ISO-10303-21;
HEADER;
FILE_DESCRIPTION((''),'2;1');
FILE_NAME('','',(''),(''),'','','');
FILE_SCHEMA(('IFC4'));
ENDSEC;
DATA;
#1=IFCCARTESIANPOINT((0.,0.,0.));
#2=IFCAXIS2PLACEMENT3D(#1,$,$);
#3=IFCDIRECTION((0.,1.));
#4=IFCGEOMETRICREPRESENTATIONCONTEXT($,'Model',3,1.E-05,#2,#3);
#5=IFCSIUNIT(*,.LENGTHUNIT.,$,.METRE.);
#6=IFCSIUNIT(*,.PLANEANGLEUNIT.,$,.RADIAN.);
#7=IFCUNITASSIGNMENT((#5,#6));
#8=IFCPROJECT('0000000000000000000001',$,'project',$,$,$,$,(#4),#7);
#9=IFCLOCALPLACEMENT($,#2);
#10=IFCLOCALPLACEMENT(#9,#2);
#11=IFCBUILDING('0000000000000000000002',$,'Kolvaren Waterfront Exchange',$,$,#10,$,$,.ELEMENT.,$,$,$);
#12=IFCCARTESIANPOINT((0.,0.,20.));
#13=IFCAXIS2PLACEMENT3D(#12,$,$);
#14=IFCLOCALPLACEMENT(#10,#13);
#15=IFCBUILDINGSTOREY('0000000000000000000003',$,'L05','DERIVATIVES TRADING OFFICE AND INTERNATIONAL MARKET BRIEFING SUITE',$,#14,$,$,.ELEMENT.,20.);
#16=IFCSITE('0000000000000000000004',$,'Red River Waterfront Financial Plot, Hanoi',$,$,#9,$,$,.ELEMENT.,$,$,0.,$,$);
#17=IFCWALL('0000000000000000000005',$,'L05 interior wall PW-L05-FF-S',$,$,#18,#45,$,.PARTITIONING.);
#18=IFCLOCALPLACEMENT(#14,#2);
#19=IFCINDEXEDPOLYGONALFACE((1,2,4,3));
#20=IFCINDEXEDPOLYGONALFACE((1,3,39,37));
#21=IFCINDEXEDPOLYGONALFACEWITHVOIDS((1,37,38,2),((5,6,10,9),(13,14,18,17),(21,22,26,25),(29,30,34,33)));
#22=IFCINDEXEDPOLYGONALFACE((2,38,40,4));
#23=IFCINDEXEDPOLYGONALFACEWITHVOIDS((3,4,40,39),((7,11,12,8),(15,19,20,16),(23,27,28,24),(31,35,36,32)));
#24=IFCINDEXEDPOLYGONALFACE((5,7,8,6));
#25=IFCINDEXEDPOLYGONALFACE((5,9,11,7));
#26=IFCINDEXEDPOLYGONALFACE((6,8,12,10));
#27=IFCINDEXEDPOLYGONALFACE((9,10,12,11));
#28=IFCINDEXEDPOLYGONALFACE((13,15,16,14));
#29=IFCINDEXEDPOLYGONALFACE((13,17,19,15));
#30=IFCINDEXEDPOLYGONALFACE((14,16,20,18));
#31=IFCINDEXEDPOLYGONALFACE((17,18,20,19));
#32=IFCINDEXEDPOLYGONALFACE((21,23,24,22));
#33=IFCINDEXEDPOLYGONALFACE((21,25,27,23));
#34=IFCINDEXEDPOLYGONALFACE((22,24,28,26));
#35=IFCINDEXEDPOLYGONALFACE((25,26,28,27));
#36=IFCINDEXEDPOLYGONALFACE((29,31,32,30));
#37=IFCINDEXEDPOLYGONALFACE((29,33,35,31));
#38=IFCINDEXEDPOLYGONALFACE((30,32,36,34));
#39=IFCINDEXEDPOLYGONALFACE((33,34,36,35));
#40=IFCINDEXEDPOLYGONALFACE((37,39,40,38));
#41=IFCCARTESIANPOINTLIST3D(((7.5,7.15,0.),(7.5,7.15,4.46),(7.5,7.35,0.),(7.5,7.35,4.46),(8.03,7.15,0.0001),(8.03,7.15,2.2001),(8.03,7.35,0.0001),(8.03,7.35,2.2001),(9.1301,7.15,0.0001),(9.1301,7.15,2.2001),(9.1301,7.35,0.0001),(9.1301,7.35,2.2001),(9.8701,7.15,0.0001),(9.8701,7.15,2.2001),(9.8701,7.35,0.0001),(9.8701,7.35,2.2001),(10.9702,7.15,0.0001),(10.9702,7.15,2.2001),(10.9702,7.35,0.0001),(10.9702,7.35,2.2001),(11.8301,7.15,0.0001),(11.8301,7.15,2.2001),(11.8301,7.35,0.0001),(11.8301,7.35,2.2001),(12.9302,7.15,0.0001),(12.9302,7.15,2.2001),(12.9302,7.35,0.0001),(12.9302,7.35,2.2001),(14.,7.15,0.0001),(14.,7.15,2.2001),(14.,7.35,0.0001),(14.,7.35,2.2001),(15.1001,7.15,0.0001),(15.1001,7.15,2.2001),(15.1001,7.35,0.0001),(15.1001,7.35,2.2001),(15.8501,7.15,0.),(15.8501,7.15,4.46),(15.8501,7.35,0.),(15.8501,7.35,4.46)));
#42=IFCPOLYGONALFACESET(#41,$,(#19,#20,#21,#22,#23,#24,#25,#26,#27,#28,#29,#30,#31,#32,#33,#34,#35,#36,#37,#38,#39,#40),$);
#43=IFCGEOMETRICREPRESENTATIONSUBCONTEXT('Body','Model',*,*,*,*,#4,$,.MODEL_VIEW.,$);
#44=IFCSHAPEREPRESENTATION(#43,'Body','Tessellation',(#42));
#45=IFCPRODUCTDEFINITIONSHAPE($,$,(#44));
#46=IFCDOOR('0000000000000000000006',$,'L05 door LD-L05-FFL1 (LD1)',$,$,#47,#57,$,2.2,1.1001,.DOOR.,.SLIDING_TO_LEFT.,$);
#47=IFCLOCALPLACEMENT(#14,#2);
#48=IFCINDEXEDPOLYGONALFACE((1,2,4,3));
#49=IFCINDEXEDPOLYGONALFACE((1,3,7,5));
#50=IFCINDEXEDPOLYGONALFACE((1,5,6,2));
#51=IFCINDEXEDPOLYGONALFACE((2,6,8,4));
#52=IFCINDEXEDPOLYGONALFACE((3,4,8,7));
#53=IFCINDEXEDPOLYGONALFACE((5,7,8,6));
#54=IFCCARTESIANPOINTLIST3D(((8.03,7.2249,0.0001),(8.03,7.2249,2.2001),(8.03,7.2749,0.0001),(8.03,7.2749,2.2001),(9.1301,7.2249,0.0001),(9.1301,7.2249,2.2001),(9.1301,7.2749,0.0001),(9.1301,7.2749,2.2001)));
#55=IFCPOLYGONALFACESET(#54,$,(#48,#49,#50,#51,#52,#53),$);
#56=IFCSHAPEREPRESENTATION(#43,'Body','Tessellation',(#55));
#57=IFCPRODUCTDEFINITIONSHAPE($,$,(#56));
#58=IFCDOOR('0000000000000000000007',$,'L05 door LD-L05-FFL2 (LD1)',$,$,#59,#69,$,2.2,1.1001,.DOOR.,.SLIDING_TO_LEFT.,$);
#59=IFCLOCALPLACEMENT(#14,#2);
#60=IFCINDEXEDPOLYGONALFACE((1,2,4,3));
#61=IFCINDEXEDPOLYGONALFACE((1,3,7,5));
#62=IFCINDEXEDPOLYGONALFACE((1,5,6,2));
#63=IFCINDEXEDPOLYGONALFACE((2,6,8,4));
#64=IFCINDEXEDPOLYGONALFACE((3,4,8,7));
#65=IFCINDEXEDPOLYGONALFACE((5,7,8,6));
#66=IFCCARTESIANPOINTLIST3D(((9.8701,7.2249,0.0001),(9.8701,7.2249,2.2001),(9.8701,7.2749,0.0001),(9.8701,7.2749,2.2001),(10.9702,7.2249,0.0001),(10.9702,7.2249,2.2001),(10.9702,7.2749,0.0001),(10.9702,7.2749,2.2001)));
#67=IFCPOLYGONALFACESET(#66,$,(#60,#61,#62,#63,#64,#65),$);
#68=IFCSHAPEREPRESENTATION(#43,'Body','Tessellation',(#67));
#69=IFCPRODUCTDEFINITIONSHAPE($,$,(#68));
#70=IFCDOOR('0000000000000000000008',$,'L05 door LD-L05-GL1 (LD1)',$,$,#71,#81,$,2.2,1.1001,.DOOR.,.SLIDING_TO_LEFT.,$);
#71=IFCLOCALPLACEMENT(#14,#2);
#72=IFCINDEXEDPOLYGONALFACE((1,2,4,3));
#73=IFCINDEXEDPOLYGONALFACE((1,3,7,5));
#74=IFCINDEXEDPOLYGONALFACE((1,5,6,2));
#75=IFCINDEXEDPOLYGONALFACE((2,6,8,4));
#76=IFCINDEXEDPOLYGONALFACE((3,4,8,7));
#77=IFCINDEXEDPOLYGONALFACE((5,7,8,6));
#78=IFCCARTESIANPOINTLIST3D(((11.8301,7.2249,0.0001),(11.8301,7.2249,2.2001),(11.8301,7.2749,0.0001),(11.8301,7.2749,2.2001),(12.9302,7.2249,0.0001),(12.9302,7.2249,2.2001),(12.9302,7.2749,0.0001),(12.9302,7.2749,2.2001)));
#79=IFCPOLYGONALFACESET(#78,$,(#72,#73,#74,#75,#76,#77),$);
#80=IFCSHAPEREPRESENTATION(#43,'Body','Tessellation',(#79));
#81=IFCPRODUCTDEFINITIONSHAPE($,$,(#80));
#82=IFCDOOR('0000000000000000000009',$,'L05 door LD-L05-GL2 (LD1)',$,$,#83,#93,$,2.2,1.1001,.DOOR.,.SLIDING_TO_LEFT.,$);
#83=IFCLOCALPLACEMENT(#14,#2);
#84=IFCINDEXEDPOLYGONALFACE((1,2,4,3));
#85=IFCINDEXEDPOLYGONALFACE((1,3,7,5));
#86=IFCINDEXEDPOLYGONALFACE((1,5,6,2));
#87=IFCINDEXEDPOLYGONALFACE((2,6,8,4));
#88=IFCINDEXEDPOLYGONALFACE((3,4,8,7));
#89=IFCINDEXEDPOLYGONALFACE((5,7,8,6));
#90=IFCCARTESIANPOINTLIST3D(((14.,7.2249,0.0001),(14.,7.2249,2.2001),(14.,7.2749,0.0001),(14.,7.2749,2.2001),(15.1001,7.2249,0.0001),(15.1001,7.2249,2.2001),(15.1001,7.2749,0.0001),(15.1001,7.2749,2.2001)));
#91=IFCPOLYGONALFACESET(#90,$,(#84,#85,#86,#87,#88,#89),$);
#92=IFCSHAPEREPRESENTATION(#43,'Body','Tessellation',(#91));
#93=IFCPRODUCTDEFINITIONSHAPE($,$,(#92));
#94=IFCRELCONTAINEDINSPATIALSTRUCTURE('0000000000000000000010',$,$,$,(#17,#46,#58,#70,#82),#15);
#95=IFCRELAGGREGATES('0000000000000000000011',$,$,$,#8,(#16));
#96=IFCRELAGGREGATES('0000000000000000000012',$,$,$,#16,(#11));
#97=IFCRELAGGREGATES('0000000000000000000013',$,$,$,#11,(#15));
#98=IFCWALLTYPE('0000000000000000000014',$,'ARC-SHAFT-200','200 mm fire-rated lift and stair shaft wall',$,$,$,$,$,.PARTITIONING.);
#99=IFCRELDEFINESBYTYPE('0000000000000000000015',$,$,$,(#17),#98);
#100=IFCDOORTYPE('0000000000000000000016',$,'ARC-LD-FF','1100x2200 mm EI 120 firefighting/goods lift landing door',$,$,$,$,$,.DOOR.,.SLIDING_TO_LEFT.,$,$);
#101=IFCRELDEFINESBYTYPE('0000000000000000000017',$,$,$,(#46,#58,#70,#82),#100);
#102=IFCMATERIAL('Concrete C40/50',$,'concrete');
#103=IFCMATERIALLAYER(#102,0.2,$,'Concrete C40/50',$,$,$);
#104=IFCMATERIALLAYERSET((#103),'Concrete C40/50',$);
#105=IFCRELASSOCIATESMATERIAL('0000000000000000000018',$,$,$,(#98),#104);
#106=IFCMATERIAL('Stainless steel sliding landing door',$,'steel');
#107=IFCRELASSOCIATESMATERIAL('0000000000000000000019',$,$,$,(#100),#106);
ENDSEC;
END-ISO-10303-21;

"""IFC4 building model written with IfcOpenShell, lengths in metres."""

from ifc_helpers import new_model, si_unit, direction, frame, frame_2d, origin, place, context, subcontext, project, spatial, rectangle, extrude, material, layer, layer_set, type_object, element, fill, save


model = new_model("IFC4")

# Units and contexts
model_context = context("Model", 3, precision=1e-05, world=origin(), true_north=direction((0.0, 1.0)))
body_context = subcontext(model_context, "Body", "Model", "MODEL_VIEW")
ifc_project = project(units=[si_unit("LENGTHUNIT", "METRE"), si_unit("PLANEANGLEUNIT", "RADIAN")], contexts=[model_context])

# Site, building, storey
site_placement = place(None, origin())
site = spatial("IfcSite", under=ifc_project, at=site_placement, Name="Red River Waterfront Financial Plot, Hanoi", CompositionType="ELEMENT", RefElevation=0.0)
building_placement = place(site_placement, origin())
building = spatial("IfcBuilding", under=site, at=building_placement, Name="Kolvaren Waterfront Exchange", CompositionType="ELEMENT")
storey_placement = place(building_placement, frame((0.0, 0.0, 20.0)))
storey = spatial("IfcBuildingStorey", under=building, at=storey_placement, Name="L05", Description="DERIVATIVES TRADING OFFICE AND INTERNATIONAL MARKET BRIEFING SUITE", CompositionType="ELEMENT", Elevation=20.0)

# Wall, openings, doors
ifc_material_1 = material(Name="Concrete C40/50", Category="concrete")
ifc_layer_1 = layer(ifc_material_1, 0.2, Name="Concrete C40/50")
ifc_layer_set_1 = layer_set([ifc_layer_1], Name="Concrete C40/50")
wall_type_1 = type_object("IfcWallType", Name="ARC-SHAFT-200", Description="200 mm fire-rated lift and stair shaft wall", PredefinedType="PARTITIONING", material=ifc_layer_set_1)
wall_1_placement = place(storey_placement, frame((7.5, 7.25, 0.0), z_axis=(0.0, 0.0, 1.0), x_axis=(1.0, 0.0, 0.0)))
wall_1 = element("IfcWall", 1, at=wall_1_placement, inside=storey, type_object=wall_type_1, Name="L05 interior wall PW-L05-FF-S", PredefinedType="PARTITIONING", context=body_context, shape_type="SweptSolid", body=[
    extrude(rectangle(XDim=8.3501, YDim=0.2, at=frame_2d((4.175, 0.0))), origin(), (0.0, 0.0, 1.0), 4.46),
])
opening_1_placement = place(wall_1_placement, frame((0.53, 0.0, 0.0)))
opening_1 = element("IfcOpeningElement", 2, at=opening_1_placement, cuts=wall_1, PredefinedType="OPENING", context=body_context, shape_type="SweptSolid", body=[
    extrude(rectangle(XDim=1.1001, YDim=2.2, at=frame_2d((0.55, 1.1001))), frame((0.0, 0.1099, 0.0), z_axis=(0.0, -1.0, 0.0), x_axis=(1.0, 0.0, 0.0)), (0.0, 0.0, 1.0), 0.22),
])
opening_2_placement = place(wall_1_placement, frame((2.3701, 0.0, 0.0)))
opening_2 = element("IfcOpeningElement", 3, at=opening_2_placement, cuts=wall_1, PredefinedType="OPENING", context=body_context, shape_type="SweptSolid", body=[
    extrude(rectangle(XDim=1.1001, YDim=2.2, at=frame_2d((0.55, 1.1001))), frame((0.0, 0.1099, 0.0), z_axis=(0.0, -1.0, 0.0), x_axis=(1.0, 0.0, 0.0)), (0.0, 0.0, 1.0), 0.22),
])
opening_3_placement = place(wall_1_placement, frame((4.3301, 0.0, 0.0)))
opening_3 = element("IfcOpeningElement", 4, at=opening_3_placement, cuts=wall_1, PredefinedType="OPENING", context=body_context, shape_type="SweptSolid", body=[
    extrude(rectangle(XDim=1.1001, YDim=2.2, at=frame_2d((0.55, 1.1001))), frame((0.0, 0.1099, 0.0), z_axis=(0.0, -1.0, 0.0), x_axis=(1.0, 0.0, 0.0)), (0.0, 0.0, 1.0), 0.22),
])
opening_4_placement = place(wall_1_placement, frame((6.5, 0.0, 0.0)))
opening_4 = element("IfcOpeningElement", 5, at=opening_4_placement, cuts=wall_1, PredefinedType="OPENING", context=body_context, shape_type="SweptSolid", body=[
    extrude(rectangle(XDim=1.1001, YDim=2.2, at=frame_2d((0.55, 1.1001))), frame((0.0, 0.1099, 0.0), z_axis=(0.0, -1.0, 0.0), x_axis=(1.0, 0.0, 0.0)), (0.0, 0.0, 1.0), 0.22),
])
ifc_material_2 = material(Name="Stainless steel sliding landing door", Category="steel")
door_type_1 = type_object("IfcDoorType", Name="ARC-LD-FF", Description="1100x2200 mm EI 120 firefighting/goods lift landing door", OperationType="SLIDING_TO_LEFT", PredefinedType="DOOR", material=ifc_material_2)
door_1_placement = place(opening_1_placement, origin())
door_1 = element("IfcDoor", 6, at=door_1_placement, inside=storey, type_object=door_type_1, Name="L05 door LD-L05-FFL1 (LD1)", OperationType="SLIDING_TO_LEFT", OverallHeight=2.2, OverallWidth=1.1001, PredefinedType="DOOR", context=body_context, shape_type="SweptSolid", body=[
    extrude(rectangle(XDim=1.1001, YDim=2.2, at=frame_2d((0.55, 1.1001))), frame((0.0, 0.0249, 0.0), z_axis=(0.0, -1.0, 0.0), x_axis=(1.0, 0.0, 0.0)), (0.0, 0.0, 1.0), 0.05),
])
fill(opening_1, door_1)
door_2_placement = place(opening_2_placement, origin())
door_2 = element("IfcDoor", 7, at=door_2_placement, inside=storey, type_object=door_type_1, Name="L05 door LD-L05-FFL2 (LD1)", OperationType="SLIDING_TO_LEFT", OverallHeight=2.2, OverallWidth=1.1001, PredefinedType="DOOR", context=body_context, shape_type="SweptSolid", body=[
    extrude(rectangle(XDim=1.1001, YDim=2.2, at=frame_2d((0.55, 1.1001))), frame((0.0, 0.0249, 0.0), z_axis=(0.0, -1.0, 0.0), x_axis=(1.0, 0.0, 0.0)), (0.0, 0.0, 1.0), 0.05),
])
fill(opening_2, door_2)
door_3_placement = place(opening_3_placement, origin())
door_3 = element("IfcDoor", 8, at=door_3_placement, inside=storey, type_object=door_type_1, Name="L05 door LD-L05-GL1 (LD1)", OperationType="SLIDING_TO_LEFT", OverallHeight=2.2, OverallWidth=1.1001, PredefinedType="DOOR", context=body_context, shape_type="SweptSolid", body=[
    extrude(rectangle(XDim=1.1001, YDim=2.2, at=frame_2d((0.55, 1.1001))), frame((0.0, 0.0249, 0.0), z_axis=(0.0, -1.0, 0.0), x_axis=(1.0, 0.0, 0.0)), (0.0, 0.0, 1.0), 0.05),
])
fill(opening_3, door_3)
door_4_placement = place(opening_4_placement, origin())
door_4 = element("IfcDoor", 9, at=door_4_placement, inside=storey, type_object=door_type_1, Name="L05 door LD-L05-GL2 (LD1)", OperationType="SLIDING_TO_LEFT", OverallHeight=2.2, OverallWidth=1.1001, PredefinedType="DOOR", context=body_context, shape_type="SweptSolid", body=[
    extrude(rectangle(XDim=1.1001, YDim=2.2, at=frame_2d((0.55, 1.1001))), frame((0.0, 0.0249, 0.0), z_axis=(0.0, -1.0, 0.0), x_axis=(1.0, 0.0, 0.0)), (0.0, 0.0, 1.0), 0.05),
])
fill(opening_4, door_4)

save(model, "model.ifc")
